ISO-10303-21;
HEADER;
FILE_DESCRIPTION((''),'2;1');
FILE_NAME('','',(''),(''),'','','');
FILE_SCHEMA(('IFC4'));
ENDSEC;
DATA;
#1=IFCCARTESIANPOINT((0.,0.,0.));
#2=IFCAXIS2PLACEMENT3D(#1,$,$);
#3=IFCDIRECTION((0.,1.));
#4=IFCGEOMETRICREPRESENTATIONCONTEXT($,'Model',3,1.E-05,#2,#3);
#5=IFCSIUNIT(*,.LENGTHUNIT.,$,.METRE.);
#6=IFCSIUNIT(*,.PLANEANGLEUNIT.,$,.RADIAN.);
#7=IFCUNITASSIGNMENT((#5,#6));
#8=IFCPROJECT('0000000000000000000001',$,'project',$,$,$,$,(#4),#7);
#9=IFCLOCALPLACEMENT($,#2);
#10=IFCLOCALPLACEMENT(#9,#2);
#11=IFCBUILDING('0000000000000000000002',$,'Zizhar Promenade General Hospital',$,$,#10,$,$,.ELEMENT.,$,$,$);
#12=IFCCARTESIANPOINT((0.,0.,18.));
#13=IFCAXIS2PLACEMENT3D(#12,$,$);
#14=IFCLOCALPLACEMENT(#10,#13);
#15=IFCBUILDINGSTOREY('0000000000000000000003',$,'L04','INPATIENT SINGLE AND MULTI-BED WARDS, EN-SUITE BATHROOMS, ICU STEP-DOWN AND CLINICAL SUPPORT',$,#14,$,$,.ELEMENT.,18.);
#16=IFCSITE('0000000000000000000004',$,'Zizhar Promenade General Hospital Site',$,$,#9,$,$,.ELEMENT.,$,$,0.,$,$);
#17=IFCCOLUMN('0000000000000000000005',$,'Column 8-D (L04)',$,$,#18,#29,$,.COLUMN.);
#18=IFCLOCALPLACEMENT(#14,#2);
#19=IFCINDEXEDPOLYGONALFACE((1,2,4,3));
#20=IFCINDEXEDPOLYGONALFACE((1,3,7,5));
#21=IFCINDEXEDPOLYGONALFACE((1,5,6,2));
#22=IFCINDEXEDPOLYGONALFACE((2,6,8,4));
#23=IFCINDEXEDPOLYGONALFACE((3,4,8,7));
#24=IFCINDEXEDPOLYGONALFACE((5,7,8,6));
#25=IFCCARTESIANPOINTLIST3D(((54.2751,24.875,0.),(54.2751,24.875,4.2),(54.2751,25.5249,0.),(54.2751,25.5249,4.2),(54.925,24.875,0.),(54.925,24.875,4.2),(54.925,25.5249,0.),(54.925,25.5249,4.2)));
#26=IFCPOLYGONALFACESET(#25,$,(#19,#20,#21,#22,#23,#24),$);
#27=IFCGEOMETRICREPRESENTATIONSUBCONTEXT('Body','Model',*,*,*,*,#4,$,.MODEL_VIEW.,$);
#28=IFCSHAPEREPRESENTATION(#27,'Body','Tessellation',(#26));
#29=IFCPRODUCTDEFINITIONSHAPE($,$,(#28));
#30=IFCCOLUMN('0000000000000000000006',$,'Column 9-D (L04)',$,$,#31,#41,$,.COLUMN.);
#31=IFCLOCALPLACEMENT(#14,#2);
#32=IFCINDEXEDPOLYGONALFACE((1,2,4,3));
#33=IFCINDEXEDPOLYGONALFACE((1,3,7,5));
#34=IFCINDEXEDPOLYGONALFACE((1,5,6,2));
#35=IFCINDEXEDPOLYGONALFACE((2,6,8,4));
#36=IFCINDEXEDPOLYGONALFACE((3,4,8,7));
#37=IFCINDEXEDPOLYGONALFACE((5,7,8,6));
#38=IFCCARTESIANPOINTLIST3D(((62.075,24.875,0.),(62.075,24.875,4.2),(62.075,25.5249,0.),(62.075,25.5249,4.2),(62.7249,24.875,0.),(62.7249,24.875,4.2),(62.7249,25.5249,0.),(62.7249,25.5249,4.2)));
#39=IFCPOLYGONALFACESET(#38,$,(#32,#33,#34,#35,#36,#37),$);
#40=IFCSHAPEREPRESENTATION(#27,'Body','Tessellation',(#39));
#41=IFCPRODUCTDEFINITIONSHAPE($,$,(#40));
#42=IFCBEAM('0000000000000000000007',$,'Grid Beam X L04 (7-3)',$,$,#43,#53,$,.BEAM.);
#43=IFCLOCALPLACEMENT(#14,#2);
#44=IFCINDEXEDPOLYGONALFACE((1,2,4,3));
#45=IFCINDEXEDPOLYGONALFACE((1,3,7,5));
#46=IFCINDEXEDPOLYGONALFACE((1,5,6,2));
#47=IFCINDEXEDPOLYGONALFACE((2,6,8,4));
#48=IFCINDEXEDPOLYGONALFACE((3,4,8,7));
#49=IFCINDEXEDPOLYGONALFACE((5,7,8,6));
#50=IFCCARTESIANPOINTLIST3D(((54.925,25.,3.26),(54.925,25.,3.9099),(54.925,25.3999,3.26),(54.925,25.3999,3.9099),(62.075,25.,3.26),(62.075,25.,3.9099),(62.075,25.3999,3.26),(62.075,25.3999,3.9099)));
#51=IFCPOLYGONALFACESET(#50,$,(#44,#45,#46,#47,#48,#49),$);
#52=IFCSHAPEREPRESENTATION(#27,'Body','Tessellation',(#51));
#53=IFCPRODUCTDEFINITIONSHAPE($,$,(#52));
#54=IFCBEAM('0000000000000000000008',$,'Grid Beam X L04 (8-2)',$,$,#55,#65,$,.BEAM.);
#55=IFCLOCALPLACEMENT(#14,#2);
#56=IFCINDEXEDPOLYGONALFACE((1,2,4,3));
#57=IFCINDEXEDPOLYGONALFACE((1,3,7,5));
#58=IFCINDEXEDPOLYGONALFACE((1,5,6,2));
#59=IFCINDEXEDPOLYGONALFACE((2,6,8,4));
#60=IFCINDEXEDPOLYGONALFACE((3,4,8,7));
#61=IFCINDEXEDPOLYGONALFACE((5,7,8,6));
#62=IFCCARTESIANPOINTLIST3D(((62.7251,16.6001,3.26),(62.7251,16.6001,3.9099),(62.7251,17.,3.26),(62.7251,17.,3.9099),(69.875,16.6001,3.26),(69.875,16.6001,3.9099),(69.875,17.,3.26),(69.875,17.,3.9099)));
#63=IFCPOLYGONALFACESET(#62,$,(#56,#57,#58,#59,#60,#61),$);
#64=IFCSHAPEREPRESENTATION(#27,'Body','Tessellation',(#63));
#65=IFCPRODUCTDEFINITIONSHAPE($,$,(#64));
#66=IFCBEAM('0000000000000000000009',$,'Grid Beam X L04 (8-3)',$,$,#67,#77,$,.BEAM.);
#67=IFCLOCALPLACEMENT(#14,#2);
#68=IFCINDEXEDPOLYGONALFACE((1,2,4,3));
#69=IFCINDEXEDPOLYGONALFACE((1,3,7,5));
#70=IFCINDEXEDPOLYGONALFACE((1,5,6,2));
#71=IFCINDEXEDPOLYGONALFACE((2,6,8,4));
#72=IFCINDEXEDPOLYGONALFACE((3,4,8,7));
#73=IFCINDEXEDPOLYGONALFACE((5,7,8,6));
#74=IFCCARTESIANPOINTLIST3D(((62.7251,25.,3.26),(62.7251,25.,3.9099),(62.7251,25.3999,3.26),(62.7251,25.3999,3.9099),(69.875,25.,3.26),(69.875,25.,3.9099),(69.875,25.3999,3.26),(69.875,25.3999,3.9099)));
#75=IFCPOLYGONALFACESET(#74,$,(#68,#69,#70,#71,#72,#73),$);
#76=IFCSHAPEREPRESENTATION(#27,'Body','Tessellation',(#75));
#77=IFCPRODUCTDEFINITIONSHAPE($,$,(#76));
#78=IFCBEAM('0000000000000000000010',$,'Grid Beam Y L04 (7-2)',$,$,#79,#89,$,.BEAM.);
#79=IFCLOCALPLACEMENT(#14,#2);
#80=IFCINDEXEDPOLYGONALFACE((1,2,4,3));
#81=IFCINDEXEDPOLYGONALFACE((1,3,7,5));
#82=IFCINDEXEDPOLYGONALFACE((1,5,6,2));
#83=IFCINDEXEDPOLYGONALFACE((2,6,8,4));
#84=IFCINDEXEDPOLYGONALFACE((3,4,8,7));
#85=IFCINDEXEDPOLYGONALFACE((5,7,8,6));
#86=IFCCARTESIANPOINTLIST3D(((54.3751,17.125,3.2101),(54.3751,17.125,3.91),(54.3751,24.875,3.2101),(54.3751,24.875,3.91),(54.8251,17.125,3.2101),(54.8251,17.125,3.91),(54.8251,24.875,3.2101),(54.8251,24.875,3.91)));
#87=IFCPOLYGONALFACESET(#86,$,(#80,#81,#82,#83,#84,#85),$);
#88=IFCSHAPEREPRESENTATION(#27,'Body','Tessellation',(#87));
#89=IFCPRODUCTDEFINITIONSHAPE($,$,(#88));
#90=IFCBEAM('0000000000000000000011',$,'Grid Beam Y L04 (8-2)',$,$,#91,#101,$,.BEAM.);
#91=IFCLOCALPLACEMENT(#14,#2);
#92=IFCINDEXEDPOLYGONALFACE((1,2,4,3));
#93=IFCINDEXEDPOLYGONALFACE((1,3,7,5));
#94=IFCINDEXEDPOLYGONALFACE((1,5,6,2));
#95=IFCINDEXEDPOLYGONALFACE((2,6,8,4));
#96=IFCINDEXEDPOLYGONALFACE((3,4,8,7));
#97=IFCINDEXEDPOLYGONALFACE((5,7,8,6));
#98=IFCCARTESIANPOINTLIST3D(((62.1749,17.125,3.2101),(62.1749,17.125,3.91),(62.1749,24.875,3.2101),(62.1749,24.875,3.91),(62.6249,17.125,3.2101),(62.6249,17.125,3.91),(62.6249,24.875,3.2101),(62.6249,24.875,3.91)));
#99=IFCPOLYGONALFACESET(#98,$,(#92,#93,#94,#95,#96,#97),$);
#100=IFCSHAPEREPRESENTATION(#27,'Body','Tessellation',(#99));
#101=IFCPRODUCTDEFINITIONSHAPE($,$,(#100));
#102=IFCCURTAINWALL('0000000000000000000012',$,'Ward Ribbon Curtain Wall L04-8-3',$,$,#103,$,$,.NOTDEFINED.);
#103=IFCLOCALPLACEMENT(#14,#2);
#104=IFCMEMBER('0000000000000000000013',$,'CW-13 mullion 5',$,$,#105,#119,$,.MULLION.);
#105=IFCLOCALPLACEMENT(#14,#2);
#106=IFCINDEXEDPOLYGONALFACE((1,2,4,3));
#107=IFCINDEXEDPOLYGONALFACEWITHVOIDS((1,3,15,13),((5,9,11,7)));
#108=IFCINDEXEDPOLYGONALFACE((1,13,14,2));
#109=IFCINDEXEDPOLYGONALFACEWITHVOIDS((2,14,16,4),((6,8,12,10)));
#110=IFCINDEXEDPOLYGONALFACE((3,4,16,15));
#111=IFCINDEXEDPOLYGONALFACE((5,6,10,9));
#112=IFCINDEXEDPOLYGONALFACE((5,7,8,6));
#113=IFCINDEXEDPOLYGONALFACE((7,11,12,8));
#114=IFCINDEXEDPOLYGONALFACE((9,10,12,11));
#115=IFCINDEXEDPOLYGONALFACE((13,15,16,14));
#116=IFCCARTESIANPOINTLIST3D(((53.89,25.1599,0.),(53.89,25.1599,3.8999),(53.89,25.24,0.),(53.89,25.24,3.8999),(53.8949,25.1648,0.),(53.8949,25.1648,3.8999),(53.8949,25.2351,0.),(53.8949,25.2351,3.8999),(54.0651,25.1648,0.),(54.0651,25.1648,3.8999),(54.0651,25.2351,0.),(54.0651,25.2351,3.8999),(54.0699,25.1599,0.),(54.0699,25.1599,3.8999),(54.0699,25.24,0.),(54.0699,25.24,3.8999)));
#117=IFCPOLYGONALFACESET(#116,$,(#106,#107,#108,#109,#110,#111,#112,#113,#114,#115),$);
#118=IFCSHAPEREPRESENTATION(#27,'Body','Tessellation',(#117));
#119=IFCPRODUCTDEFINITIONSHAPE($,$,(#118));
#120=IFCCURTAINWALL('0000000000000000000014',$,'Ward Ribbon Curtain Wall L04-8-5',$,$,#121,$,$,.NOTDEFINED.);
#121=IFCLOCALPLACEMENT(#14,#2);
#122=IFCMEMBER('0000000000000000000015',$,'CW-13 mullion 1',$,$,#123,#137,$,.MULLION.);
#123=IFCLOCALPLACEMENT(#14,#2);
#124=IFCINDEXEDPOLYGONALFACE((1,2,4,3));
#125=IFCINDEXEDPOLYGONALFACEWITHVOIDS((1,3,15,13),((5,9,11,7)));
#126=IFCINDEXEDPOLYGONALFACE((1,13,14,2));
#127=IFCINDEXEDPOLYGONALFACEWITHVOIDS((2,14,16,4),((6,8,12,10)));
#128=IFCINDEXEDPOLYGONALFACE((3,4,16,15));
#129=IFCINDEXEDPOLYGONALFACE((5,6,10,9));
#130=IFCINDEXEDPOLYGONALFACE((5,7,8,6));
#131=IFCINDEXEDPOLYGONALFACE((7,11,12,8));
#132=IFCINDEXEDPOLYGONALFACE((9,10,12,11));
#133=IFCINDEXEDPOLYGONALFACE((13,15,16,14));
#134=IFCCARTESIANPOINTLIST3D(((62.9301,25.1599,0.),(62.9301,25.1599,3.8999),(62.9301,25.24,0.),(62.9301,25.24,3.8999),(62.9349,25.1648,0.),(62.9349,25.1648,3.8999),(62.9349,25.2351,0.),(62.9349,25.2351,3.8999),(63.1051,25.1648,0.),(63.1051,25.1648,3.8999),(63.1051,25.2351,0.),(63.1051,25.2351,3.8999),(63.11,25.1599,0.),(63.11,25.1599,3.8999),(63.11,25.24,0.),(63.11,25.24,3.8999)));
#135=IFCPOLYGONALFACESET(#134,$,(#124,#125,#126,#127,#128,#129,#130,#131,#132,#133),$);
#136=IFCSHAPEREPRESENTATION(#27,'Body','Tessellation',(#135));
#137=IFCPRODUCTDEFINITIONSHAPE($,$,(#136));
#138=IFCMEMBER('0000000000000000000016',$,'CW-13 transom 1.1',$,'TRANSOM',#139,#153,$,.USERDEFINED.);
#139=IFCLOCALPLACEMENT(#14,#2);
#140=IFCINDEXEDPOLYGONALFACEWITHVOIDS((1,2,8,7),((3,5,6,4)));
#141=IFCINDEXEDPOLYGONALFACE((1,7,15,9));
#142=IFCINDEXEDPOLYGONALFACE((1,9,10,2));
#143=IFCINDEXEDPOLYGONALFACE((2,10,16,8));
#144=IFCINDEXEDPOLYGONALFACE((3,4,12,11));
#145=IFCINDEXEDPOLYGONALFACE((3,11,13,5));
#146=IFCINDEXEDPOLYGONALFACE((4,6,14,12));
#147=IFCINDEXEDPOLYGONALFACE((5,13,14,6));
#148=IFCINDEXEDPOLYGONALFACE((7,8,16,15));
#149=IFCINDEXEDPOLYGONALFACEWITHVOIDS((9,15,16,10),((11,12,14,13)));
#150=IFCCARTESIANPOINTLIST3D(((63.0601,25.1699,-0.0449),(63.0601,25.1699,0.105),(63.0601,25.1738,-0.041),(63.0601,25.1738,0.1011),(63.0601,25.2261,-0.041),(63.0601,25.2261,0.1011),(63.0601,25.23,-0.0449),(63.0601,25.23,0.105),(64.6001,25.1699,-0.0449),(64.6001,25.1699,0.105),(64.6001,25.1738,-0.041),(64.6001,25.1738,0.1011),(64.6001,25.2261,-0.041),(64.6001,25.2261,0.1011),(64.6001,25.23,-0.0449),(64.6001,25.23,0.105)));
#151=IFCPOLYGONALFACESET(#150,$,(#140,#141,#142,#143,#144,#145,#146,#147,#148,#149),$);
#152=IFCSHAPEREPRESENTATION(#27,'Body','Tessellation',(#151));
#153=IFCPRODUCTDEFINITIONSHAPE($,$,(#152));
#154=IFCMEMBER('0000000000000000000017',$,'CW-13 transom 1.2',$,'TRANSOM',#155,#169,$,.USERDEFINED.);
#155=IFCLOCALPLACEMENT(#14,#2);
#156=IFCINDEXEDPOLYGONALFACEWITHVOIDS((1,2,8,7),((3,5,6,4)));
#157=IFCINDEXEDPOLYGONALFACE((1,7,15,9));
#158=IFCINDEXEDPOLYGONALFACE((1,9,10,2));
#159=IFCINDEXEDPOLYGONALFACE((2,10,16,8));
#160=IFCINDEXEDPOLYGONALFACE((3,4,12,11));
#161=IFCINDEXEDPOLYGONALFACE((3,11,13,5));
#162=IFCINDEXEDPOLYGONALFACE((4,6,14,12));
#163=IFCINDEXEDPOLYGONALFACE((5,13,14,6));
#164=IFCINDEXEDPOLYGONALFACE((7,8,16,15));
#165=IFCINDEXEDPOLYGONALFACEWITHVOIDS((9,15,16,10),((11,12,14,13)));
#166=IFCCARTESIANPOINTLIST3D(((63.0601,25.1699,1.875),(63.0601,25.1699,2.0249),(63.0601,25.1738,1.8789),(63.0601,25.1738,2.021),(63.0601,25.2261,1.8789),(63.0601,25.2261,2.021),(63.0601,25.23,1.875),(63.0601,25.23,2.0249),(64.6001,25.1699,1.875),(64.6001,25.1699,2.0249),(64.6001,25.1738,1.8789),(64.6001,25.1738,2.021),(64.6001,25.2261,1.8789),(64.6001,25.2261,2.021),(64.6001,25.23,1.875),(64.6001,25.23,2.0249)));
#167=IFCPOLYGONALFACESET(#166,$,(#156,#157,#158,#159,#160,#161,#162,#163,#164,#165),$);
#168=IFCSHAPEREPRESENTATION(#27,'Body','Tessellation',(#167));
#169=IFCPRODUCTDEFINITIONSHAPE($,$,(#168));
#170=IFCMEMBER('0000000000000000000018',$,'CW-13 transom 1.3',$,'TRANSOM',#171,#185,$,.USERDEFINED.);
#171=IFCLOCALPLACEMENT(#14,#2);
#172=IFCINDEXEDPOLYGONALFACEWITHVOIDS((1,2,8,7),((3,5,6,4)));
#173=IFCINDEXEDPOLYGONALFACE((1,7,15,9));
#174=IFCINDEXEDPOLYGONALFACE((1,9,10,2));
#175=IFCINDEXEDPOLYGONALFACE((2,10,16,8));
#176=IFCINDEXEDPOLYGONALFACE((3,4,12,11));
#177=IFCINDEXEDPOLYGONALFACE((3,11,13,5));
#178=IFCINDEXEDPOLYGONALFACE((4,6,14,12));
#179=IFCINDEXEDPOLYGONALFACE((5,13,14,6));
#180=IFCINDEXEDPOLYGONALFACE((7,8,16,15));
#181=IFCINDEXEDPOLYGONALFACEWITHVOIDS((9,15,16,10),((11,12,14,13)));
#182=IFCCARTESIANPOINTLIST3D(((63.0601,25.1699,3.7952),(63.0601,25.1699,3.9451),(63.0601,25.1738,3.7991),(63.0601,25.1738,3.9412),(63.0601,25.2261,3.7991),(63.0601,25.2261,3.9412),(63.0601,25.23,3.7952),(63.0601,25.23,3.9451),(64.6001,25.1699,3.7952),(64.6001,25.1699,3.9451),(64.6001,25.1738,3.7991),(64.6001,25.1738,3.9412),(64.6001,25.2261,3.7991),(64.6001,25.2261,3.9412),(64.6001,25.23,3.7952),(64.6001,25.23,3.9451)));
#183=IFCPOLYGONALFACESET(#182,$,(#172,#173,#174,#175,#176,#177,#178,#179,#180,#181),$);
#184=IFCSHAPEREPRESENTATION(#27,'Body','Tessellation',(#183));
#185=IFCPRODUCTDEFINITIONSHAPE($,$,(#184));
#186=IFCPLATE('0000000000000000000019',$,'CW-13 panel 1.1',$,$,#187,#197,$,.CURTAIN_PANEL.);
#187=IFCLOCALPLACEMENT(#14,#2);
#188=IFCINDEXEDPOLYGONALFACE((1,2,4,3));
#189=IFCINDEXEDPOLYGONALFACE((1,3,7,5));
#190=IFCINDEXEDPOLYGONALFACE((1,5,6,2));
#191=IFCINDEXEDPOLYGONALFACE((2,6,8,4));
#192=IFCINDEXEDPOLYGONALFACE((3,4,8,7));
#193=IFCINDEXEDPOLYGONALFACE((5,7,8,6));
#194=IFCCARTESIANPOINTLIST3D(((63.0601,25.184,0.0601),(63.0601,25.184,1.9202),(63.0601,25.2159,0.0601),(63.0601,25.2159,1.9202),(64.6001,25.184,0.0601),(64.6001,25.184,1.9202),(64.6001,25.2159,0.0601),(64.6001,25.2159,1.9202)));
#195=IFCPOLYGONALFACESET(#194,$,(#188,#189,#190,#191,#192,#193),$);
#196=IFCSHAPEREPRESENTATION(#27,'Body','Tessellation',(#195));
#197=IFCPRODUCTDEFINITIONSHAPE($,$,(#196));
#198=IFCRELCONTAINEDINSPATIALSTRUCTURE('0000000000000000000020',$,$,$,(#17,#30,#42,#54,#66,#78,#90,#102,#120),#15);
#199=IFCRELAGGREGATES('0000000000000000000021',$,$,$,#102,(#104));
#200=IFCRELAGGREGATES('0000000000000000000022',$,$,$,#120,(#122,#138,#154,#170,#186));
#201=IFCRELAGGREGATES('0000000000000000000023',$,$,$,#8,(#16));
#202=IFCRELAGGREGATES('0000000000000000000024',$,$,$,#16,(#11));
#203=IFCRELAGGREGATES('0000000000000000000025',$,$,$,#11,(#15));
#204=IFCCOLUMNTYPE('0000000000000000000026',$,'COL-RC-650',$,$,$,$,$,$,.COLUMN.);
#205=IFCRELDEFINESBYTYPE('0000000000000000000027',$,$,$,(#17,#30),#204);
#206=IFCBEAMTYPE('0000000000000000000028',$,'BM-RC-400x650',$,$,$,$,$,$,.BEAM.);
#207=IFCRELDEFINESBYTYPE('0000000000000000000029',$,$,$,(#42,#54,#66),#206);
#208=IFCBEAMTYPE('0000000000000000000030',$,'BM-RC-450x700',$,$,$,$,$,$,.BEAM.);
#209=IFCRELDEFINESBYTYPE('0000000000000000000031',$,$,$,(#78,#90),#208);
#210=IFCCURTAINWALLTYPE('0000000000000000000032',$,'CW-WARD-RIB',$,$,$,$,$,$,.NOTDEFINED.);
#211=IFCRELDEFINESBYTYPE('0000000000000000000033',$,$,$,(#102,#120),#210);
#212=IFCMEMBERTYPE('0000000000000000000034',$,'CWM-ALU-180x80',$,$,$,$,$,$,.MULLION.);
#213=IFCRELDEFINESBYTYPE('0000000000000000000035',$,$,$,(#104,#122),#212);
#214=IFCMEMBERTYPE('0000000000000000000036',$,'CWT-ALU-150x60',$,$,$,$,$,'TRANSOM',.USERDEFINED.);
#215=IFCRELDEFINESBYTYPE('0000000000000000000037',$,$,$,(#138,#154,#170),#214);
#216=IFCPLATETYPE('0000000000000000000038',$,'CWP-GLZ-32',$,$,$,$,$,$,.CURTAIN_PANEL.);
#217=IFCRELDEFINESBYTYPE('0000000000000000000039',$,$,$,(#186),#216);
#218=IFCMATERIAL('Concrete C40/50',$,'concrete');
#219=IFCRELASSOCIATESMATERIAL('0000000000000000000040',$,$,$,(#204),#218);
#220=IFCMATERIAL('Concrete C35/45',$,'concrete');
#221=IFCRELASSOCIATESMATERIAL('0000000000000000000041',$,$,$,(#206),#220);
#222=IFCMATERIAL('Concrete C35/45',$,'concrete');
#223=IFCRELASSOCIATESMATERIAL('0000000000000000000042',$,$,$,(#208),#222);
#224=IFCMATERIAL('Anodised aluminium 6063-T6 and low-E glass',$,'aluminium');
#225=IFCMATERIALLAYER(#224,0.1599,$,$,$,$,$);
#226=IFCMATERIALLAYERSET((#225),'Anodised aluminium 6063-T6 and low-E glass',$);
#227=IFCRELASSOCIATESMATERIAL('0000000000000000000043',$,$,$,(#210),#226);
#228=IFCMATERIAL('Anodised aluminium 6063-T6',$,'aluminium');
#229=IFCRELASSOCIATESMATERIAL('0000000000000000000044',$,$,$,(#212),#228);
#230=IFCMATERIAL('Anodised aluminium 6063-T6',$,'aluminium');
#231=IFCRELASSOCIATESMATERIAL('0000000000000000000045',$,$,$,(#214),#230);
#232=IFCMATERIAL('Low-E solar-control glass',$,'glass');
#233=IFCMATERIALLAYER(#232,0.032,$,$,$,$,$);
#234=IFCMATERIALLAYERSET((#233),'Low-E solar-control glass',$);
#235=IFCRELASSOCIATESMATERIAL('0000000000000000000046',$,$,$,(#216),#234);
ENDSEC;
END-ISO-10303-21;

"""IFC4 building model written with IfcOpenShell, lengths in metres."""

from ifc_helpers import new_model, si_unit, direction, frame, origin, origin_2d, place, context, subcontext, project, spatial, rectangle, hollow_rectangle, extrude, material, layer, layer_set, material_profile, profile_set, type_object, element, aggregate, save


model = new_model("IFC4")

# Units and contexts
model_context = context("Model", 3, precision=1e-05, world=origin(), true_north=direction((0.0, 1.0)))
body_context = subcontext(model_context, "Body", "Model", "MODEL_VIEW")
ifc_project = project(units=[si_unit("LENGTHUNIT", "METRE"), si_unit("PLANEANGLEUNIT", "RADIAN")], contexts=[model_context])

# Site, building, storey
site_placement = place(None, origin())
site = spatial("IfcSite", under=ifc_project, at=site_placement, Name="Zizhar Promenade General Hospital Site", CompositionType="ELEMENT", RefElevation=0.0)
building_placement = place(site_placement, origin())
building = spatial("IfcBuilding", under=site, at=building_placement, Name="Zizhar Promenade General Hospital", CompositionType="ELEMENT")
storey_placement = place(building_placement, frame((0.0, 0.0, 18.0)))
storey = spatial("IfcBuildingStorey", under=building, at=storey_placement, Name="L04", Description="INPATIENT SINGLE AND MULTI-BED WARDS, EN-SUITE BATHROOMS, ICU STEP-DOWN AND CLINICAL SUPPORT", CompositionType="ELEMENT", Elevation=18.0)

# Columns
ifc_material_1 = material(Name="Concrete C40/50", Category="concrete")
ifc_material_profile_1 = material_profile(ifc_material_1, rectangle(XDim=0.6499, YDim=0.6499, at=origin_2d()))
ifc_profile_set_1 = profile_set([ifc_material_profile_1], Name="Concrete C40/50")
column_type = type_object("IfcColumnType", Name="COL-RC-650", PredefinedType="COLUMN", material=ifc_profile_set_1)
for number, where, z_axis, x_axis, name in (
    (1, (54.6001, 25.2, 0.0), (0.0, 0.0, 1.0), (1.0, 0.0, 0.0), "Column 8-D (L04)"),
    (2, (62.3999, 25.2, 0.0), (0.0, 0.0, 1.0), (1.0, 0.0, 0.0), "Column 9-D (L04)"),
):
    element("IfcColumn", number, at=place(storey_placement, frame(where, z_axis=z_axis, x_axis=x_axis)), inside=storey, type_object=column_type, Name=name, PredefinedType="COLUMN", context=body_context, shape_type="SweptSolid", body=[
        extrude(rectangle(XDim=0.6499, YDim=0.6499, at=origin_2d()), origin(), (0.0, 0.0, 1.0), 4.2),
    ])

# Beams
ifc_material_2 = material(Name="Concrete C35/45", Category="concrete")
ifc_material_profile_2 = material_profile(ifc_material_2, rectangle(XDim=0.3999, YDim=0.6499, at=origin_2d()))
ifc_profile_set_2 = profile_set([ifc_material_profile_2], Name="Concrete C35/45")
beam_type_1 = type_object("IfcBeamType", Name="BM-RC-400x650", PredefinedType="BEAM", material=ifc_profile_set_2)
for number, where, z_axis, x_axis, name in (
    (3, (54.925, 25.2, 3.585), (1.0, 0.0, 0.0), (0.0, 1.0, 0.0), "Grid Beam X L04 (7-3)"),
    (4, (62.7251, 16.8, 3.585), (1.0, 0.0, 0.0), (0.0, 1.0, 0.0), "Grid Beam X L04 (8-2)"),
    (5, (62.7251, 25.2, 3.585), (1.0, 0.0, 0.0), (0.0, 1.0, 0.0), "Grid Beam X L04 (8-3)"),
):
    element("IfcBeam", number, at=place(storey_placement, frame(where, z_axis=z_axis, x_axis=x_axis)), inside=storey, type_object=beam_type_1, Name=name, PredefinedType="BEAM", context=body_context, shape_type="SweptSolid", body=[
        extrude(rectangle(XDim=0.3999, YDim=0.6499, at=origin_2d()), origin(), (0.0, 0.0, 1.0), 7.1499),
    ])
ifc_material_3 = material(Name="Concrete C35/45", Category="concrete")
ifc_material_profile_3 = material_profile(ifc_material_3, rectangle(XDim=0.45, YDim=0.7, at=origin_2d()))
ifc_profile_set_3 = profile_set([ifc_material_profile_3], Name="Concrete C35/45")
beam_type_2 = type_object("IfcBeamType", Name="BM-RC-450x700", PredefinedType="BEAM", material=ifc_profile_set_3)
for number, where, z_axis, x_axis, name in (
    (6, (54.6001, 17.125, 3.5601), (0.0, 1.0, 0.0), (-1.0, 0.0, 0.0), "Grid Beam Y L04 (7-2)"),
    (7, (62.3999, 17.125, 3.5601), (0.0, 1.0, 0.0), (-1.0, 0.0, 0.0), "Grid Beam Y L04 (8-2)"),
):
    element("IfcBeam", number, at=place(storey_placement, frame(where, z_axis=z_axis, x_axis=x_axis)), inside=storey, type_object=beam_type_2, Name=name, PredefinedType="BEAM", context=body_context, shape_type="SweptSolid", body=[
        extrude(rectangle(XDim=0.45, YDim=0.7, at=origin_2d()), origin(), (0.0, 0.0, 1.0), 7.75),
    ])

# Curtain wall, member
ifc_material_4 = material(Name="Anodised aluminium 6063-T6 and low-E glass", Category="aluminium")
ifc_layer_1 = layer(ifc_material_4, 0.1599)
ifc_layer_set_1 = layer_set([ifc_layer_1], Name="Anodised aluminium 6063-T6 and low-E glass")
curtain_wall_type = type_object("IfcCurtainWallType", Name="CW-WARD-RIB", PredefinedType="NOTDEFINED", material=ifc_layer_set_1)
curtain_wall_1_placement = place(storey_placement, origin())
curtain_wall_1 = element("IfcCurtainWall", 8, at=curtain_wall_1_placement, inside=storey, type_object=curtain_wall_type, Name="Ward Ribbon Curtain Wall L04-8-3", PredefinedType="NOTDEFINED")
ifc_material_5 = material(Name="Anodised aluminium 6063-T6", Category="aluminium")
ifc_material_profile_4 = material_profile(ifc_material_5, hollow_rectangle(XDim=0.0801, YDim=0.1799, WallThickness=0.0049, at=origin_2d()))
ifc_profile_set_4 = profile_set([ifc_material_profile_4], Name="Anodised aluminium 6063-T6")
member_type_1 = type_object("IfcMemberType", Name="CWM-ALU-180x80", PredefinedType="MULLION", material=ifc_profile_set_4)
member_1_placement = place(storey_placement, frame((53.98, 25.2, 0.0), z_axis=(0.0, 0.0, 1.0), x_axis=(0.0, 1.0, 0.0)))
member_1 = element("IfcMember", 9, at=member_1_placement, type_object=member_type_1, Name="CW-13 mullion 5", PredefinedType="MULLION", context=body_context, shape_type="SweptSolid", body=[
    extrude(hollow_rectangle(XDim=0.0801, YDim=0.1799, WallThickness=0.0049, at=origin_2d()), origin(), (0.0, 0.0, 1.0), 3.8999),
])
aggregate(curtain_wall_1, [member_1])

# Curtain wall, members, plate
curtain_wall_2_placement = place(storey_placement, origin())
curtain_wall_2 = element("IfcCurtainWall", 10, at=curtain_wall_2_placement, inside=storey, type_object=curtain_wall_type, Name="Ward Ribbon Curtain Wall L04-8-5", PredefinedType="NOTDEFINED")
member_2_placement = place(storey_placement, frame((63.02, 25.2, 0.0), z_axis=(0.0, 0.0, 1.0), x_axis=(0.0, 1.0, 0.0)))
member_2 = element("IfcMember", 11, at=member_2_placement, type_object=member_type_1, Name="CW-13 mullion 1", PredefinedType="MULLION", context=body_context, shape_type="SweptSolid", body=[
    extrude(hollow_rectangle(XDim=0.0801, YDim=0.1799, WallThickness=0.0049, at=origin_2d()), origin(), (0.0, 0.0, 1.0), 3.8999),
])
ifc_material_6 = material(Name="Anodised aluminium 6063-T6", Category="aluminium")
ifc_material_profile_5 = material_profile(ifc_material_6, hollow_rectangle(XDim=0.0601, YDim=0.1499, WallThickness=0.0039, at=origin_2d()))
ifc_profile_set_5 = profile_set([ifc_material_profile_5], Name="Anodised aluminium 6063-T6")
member_type_2 = type_object("IfcMemberType", Name="CWT-ALU-150x60", ElementType="TRANSOM", PredefinedType="USERDEFINED", material=ifc_profile_set_5)
member_3_placement = place(storey_placement, frame((63.0601, 25.2, 0.03), z_axis=(1.0, 0.0, 0.0), x_axis=(0.0, 1.0, 0.0)))
member_3 = element("IfcMember", 12, at=member_3_placement, type_object=member_type_2, Name="CW-13 transom 1.1", ObjectType="TRANSOM", PredefinedType="USERDEFINED", context=body_context, shape_type="SweptSolid", body=[
    extrude(hollow_rectangle(XDim=0.0601, YDim=0.1499, WallThickness=0.0039, at=origin_2d()), origin(), (0.0, 0.0, 1.0), 1.54),
])
member_4_placement = place(storey_placement, frame((63.0601, 25.2, 1.95), z_axis=(1.0, 0.0, 0.0), x_axis=(0.0, 1.0, 0.0)))
member_4 = element("IfcMember", 13, at=member_4_placement, type_object=member_type_2, Name="CW-13 transom 1.2", ObjectType="TRANSOM", PredefinedType="USERDEFINED", context=body_context, shape_type="SweptSolid", body=[
    extrude(hollow_rectangle(XDim=0.0601, YDim=0.1499, WallThickness=0.0039, at=origin_2d()), origin(), (0.0, 0.0, 1.0), 1.54),
])
member_5_placement = place(storey_placement, frame((63.0601, 25.2, 3.8701), z_axis=(1.0, 0.0, 0.0), x_axis=(0.0, 1.0, 0.0)))
member_5 = element("IfcMember", 14, at=member_5_placement, type_object=member_type_2, Name="CW-13 transom 1.3", ObjectType="TRANSOM", PredefinedType="USERDEFINED", context=body_context, shape_type="SweptSolid", body=[
    extrude(hollow_rectangle(XDim=0.0601, YDim=0.1499, WallThickness=0.0039, at=origin_2d()), origin(), (0.0, 0.0, 1.0), 1.54),
])
ifc_material_7 = material(Name="Low-E solar-control glass", Category="glass")
ifc_layer_2 = layer(ifc_material_7, 0.032)
ifc_layer_set_2 = layer_set([ifc_layer_2], Name="Low-E solar-control glass")
plate_type = type_object("IfcPlateType", Name="CWP-GLZ-32", PredefinedType="CURTAIN_PANEL", material=ifc_layer_set_2)
plate_1_placement = place(storey_placement, frame((63.8301, 25.2, 0.0601), z_axis=(0.0, 0.0, 1.0), x_axis=(1.0, 0.0, 0.0)))
plate_1 = element("IfcPlate", 15, at=plate_1_placement, type_object=plate_type, Name="CW-13 panel 1.1", PredefinedType="CURTAIN_PANEL", context=body_context, shape_type="SweptSolid", body=[
    extrude(rectangle(XDim=1.54, YDim=0.032, at=origin_2d()), origin(), (0.0, 0.0, 1.0), 1.8601),
])
aggregate(curtain_wall_2, [member_2, member_3, member_4, member_5, plate_1])

save(model, "model.ifc")
